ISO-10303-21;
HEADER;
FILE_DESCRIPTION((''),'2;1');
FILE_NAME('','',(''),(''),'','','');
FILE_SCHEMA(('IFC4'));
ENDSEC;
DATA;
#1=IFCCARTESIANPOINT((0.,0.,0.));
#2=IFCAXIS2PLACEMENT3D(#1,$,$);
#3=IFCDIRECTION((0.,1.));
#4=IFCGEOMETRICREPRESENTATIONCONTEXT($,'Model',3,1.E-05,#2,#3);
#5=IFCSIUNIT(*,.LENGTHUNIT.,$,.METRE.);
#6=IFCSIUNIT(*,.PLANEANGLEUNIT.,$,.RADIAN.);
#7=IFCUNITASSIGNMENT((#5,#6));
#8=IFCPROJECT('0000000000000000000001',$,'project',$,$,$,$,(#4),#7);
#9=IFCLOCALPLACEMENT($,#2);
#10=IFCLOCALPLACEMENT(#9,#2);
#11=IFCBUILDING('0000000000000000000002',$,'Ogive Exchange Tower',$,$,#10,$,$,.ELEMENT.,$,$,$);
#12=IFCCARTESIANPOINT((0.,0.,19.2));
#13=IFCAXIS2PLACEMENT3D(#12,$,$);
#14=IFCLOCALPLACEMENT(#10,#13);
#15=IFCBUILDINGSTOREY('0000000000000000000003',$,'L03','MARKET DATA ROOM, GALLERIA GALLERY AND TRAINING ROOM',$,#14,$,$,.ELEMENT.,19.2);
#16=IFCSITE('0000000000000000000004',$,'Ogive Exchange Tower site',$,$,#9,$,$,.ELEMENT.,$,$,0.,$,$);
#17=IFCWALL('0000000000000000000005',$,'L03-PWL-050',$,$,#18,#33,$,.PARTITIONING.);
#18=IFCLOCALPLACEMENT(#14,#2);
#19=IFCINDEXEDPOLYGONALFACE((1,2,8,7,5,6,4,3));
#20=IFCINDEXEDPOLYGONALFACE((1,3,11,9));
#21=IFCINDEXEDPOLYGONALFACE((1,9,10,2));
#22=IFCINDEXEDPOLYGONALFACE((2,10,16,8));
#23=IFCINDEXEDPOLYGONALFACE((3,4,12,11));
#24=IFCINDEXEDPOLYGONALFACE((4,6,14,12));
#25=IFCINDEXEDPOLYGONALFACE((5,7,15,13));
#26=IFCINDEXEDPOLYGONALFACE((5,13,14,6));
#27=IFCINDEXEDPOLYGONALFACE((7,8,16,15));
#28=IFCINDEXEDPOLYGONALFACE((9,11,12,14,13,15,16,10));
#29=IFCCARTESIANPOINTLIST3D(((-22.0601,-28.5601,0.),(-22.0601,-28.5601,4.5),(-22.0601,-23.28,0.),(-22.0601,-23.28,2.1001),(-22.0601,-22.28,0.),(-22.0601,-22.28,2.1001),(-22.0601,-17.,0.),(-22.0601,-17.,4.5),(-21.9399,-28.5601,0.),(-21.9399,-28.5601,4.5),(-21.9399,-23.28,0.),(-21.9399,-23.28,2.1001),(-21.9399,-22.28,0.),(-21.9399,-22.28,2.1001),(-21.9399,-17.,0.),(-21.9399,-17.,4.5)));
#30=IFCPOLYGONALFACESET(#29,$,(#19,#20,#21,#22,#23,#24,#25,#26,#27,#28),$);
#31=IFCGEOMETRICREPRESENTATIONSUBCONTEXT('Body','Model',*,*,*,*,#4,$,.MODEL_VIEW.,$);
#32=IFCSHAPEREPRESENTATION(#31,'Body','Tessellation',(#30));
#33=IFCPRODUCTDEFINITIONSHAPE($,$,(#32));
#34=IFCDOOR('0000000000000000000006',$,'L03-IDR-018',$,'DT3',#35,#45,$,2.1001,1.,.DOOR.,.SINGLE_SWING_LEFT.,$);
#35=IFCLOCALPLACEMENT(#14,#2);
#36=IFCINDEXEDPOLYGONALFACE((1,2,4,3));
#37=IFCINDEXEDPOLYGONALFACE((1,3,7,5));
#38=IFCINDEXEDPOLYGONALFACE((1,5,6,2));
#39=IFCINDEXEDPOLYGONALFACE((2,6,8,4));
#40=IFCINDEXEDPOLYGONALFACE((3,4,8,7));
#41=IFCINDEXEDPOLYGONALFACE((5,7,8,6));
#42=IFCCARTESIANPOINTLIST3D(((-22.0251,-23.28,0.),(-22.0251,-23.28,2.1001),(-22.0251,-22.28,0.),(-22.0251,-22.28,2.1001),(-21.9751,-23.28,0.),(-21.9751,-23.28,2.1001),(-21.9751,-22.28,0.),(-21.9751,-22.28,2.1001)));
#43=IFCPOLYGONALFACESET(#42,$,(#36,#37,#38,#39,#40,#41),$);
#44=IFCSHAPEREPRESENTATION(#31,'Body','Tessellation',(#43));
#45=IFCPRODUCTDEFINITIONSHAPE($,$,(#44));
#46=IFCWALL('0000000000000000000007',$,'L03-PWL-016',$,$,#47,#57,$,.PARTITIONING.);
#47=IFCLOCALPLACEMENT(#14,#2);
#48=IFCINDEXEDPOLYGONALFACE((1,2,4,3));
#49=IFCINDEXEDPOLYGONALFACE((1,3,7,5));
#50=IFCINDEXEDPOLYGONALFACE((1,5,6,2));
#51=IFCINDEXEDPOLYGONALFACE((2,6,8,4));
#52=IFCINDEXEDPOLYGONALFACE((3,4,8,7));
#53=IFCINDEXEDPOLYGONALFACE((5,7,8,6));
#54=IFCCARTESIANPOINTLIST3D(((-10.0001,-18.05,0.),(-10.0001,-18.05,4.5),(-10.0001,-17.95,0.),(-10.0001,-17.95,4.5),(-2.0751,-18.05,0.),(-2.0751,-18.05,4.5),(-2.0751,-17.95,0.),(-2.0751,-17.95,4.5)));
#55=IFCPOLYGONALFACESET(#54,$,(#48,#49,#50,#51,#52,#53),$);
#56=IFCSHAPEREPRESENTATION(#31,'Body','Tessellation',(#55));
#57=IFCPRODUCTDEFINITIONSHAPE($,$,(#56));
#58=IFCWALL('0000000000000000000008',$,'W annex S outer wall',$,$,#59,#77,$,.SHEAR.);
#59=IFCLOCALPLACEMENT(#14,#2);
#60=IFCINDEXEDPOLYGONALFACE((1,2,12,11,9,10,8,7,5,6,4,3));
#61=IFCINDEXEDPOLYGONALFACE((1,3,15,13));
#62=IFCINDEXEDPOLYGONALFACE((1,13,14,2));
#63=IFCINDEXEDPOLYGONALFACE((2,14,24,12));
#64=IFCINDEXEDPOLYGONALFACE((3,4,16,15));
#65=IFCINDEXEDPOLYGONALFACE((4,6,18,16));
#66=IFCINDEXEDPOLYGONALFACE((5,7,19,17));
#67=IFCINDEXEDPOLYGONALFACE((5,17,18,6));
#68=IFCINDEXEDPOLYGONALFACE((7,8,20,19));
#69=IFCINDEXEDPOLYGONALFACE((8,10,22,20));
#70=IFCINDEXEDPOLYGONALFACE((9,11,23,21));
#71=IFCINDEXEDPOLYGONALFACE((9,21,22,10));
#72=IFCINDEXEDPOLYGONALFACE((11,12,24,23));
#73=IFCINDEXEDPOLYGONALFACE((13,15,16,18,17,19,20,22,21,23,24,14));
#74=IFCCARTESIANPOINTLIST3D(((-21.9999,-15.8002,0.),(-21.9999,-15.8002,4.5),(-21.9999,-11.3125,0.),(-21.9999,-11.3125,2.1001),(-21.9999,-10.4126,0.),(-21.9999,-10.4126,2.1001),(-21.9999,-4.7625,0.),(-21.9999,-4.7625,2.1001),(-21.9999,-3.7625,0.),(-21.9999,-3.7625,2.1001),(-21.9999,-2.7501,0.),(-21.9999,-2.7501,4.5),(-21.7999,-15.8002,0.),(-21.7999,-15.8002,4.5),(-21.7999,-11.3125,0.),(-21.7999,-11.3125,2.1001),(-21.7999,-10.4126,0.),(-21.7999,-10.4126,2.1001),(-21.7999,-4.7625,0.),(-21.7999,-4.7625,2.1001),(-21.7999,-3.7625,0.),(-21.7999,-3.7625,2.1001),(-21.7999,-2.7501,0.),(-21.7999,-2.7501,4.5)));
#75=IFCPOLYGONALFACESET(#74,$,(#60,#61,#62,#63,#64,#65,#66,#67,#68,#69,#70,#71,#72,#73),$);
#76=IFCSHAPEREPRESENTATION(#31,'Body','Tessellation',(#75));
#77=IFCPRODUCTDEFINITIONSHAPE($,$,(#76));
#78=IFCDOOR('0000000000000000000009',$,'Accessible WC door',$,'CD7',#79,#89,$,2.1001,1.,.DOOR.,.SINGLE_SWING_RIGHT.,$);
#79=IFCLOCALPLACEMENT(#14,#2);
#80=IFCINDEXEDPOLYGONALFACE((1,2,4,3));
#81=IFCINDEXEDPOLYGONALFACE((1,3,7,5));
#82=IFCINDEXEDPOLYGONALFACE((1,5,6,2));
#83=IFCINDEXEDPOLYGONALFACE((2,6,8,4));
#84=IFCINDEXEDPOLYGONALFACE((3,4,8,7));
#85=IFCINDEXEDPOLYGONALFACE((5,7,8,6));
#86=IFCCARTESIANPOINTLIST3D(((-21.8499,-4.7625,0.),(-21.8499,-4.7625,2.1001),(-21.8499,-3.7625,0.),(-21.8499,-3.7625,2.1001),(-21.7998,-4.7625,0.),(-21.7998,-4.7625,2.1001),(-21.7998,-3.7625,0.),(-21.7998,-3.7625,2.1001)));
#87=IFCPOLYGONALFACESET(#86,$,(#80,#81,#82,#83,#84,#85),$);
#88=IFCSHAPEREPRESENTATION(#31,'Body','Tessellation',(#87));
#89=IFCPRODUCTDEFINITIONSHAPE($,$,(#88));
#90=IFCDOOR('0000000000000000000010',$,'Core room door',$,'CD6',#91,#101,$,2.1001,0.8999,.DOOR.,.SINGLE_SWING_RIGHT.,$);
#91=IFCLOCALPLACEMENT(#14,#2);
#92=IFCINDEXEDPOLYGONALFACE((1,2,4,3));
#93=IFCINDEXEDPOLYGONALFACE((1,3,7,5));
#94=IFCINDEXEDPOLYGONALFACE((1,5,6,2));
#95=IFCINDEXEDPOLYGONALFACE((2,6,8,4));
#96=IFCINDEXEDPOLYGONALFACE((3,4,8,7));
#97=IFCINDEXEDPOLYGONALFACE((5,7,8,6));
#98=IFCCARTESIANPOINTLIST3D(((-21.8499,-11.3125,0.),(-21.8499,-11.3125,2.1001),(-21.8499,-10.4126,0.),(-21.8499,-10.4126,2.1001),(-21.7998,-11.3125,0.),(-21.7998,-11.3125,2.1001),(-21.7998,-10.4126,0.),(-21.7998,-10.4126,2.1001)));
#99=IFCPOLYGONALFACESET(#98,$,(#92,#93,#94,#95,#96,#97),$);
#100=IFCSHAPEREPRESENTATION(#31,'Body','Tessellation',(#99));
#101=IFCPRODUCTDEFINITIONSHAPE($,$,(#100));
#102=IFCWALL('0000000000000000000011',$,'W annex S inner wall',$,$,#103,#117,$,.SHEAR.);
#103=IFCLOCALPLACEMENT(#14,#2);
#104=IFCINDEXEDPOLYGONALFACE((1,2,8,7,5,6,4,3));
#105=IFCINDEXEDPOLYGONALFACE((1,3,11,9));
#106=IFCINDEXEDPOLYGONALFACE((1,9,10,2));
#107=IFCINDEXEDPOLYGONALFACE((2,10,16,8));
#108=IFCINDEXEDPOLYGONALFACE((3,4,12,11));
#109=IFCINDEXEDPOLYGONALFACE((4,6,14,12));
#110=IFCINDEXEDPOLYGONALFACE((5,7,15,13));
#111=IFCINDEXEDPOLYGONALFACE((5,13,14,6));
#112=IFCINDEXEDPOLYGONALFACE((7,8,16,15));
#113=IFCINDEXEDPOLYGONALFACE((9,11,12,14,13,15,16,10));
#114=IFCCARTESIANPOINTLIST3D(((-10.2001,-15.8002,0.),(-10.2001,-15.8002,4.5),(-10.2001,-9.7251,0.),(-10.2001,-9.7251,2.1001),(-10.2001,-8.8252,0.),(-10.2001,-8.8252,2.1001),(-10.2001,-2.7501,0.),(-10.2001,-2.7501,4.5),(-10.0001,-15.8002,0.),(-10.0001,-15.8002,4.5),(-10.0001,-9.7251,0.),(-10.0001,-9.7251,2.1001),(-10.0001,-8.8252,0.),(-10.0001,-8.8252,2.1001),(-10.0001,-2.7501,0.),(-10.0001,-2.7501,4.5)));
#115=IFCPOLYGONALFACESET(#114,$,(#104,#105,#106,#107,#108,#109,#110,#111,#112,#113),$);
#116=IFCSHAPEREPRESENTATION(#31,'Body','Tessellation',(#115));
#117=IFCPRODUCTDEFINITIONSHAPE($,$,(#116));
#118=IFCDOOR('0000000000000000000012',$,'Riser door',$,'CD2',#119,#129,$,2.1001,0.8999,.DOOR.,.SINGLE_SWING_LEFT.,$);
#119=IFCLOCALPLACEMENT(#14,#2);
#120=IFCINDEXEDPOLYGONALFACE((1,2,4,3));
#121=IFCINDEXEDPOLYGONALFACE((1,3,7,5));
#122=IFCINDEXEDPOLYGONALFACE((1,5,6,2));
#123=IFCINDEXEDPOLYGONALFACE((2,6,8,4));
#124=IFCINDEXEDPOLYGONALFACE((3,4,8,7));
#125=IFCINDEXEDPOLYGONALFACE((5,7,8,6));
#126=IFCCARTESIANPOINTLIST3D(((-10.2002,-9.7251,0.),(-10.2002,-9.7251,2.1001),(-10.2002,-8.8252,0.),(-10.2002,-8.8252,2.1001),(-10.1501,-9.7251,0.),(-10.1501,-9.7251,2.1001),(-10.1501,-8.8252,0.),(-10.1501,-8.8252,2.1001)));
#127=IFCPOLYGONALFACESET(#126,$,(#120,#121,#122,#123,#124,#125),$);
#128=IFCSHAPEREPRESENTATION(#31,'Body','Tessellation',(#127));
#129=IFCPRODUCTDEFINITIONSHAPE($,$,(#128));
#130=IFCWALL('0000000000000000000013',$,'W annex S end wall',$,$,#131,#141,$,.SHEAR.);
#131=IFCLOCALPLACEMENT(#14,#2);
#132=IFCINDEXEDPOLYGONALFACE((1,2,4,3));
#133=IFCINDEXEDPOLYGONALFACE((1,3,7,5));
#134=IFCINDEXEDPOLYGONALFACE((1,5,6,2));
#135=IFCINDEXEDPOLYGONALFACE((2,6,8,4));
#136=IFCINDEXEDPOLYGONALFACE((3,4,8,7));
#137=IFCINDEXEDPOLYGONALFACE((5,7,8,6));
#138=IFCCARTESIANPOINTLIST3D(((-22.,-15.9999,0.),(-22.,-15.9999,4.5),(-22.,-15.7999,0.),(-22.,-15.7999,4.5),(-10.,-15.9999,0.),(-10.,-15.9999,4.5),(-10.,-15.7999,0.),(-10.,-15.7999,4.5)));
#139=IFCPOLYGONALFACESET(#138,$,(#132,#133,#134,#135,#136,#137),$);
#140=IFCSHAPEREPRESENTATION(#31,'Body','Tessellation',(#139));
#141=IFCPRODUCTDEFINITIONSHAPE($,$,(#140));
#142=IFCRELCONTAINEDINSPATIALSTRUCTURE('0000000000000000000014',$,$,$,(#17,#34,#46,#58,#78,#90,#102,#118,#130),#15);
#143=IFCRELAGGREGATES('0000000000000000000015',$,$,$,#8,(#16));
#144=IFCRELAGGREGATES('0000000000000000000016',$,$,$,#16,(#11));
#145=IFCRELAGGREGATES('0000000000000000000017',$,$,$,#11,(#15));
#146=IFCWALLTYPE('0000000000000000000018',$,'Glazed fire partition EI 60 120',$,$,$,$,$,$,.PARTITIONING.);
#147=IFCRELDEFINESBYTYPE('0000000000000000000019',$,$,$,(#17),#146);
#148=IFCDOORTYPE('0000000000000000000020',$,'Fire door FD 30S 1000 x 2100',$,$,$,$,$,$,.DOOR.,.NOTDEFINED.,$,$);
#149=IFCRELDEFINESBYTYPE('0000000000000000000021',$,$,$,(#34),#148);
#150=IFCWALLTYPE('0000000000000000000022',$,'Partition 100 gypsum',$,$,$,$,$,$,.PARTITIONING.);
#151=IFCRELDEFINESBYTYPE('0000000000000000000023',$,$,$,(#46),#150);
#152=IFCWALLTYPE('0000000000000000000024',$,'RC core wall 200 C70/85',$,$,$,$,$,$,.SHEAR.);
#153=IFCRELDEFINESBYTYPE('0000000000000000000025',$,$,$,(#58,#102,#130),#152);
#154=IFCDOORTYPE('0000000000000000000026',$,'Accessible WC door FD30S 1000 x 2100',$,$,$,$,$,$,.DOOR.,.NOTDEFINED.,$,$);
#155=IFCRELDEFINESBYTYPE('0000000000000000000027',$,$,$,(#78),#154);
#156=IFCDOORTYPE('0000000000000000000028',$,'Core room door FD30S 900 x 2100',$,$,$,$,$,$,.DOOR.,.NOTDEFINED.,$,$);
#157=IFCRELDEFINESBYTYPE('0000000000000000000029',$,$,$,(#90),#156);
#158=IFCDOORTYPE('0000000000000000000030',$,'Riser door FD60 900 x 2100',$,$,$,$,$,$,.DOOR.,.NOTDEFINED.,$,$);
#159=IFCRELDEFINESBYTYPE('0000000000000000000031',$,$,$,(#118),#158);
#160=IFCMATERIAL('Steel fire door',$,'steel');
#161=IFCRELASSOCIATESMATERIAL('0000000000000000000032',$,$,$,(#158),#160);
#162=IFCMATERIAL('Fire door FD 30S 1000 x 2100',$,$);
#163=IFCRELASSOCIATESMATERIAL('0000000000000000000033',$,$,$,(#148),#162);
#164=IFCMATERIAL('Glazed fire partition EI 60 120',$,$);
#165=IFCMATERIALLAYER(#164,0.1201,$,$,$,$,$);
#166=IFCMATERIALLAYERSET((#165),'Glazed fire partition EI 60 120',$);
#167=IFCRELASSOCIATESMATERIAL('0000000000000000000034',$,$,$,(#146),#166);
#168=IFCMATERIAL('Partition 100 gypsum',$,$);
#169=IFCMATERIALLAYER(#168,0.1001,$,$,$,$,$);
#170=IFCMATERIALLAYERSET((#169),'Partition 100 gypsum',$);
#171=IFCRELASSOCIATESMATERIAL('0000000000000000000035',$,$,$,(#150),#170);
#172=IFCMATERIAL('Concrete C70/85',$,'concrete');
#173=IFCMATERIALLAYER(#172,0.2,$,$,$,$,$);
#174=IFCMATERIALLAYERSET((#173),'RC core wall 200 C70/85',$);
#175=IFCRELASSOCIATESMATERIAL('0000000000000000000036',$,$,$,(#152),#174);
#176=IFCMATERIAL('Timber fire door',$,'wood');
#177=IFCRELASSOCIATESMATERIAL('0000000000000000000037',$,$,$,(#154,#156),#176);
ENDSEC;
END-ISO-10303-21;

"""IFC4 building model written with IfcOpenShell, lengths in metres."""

from ifc_helpers import new_model, si_unit, direction, frame, frame_2d, origin, place, context, subcontext, project, spatial, rectangle, extrude, material, layer, layer_set, type_object, element, fill, save


model = new_model("IFC4")

# Units and contexts
model_context = context("Model", 3, precision=1e-05, world=origin(), true_north=direction((0.0, 1.0)))
body_context = subcontext(model_context, "Body", "Model", "MODEL_VIEW")
ifc_project = project(units=[si_unit("LENGTHUNIT", "METRE"), si_unit("PLANEANGLEUNIT", "RADIAN")], contexts=[model_context])

# Site, building, storey
site_placement = place(None, origin())
site = spatial("IfcSite", under=ifc_project, at=site_placement, Name="Ogive Exchange Tower site", CompositionType="ELEMENT", RefElevation=0.0)
building_placement = place(site_placement, origin())
building = spatial("IfcBuilding", under=site, at=building_placement, Name="Ogive Exchange Tower", CompositionType="ELEMENT")
storey_placement = place(building_placement, frame((0.0, 0.0, 19.2)))
storey = spatial("IfcBuildingStorey", under=building, at=storey_placement, Name="L03", Description="MARKET DATA ROOM, GALLERIA GALLERY AND TRAINING ROOM", CompositionType="ELEMENT", Elevation=19.2)

# Shared definitions
ifc_material_1 = material(Name="Concrete C70/85", Category="concrete")

# Shared definitions
ifc_material_2 = material(Name="Steel fire door", Category="steel")
door_type_1 = type_object("IfcDoorType", Name="Riser door FD60 900 x 2100", OperationType="NOTDEFINED", PredefinedType="DOOR", material=ifc_material_2)

# Shared definitions
ifc_material_3 = material(Name="Fire door FD 30S 1000 x 2100")
door_type_2 = type_object("IfcDoorType", Name="Fire door FD 30S 1000 x 2100", OperationType="NOTDEFINED", PredefinedType="DOOR", material=ifc_material_3)

# Shared definitions
ifc_material_4 = material(Name="Glazed fire partition EI 60 120")
ifc_layer_1 = layer(ifc_material_4, 0.1201)
ifc_layer_set_1 = layer_set([ifc_layer_1], Name="Glazed fire partition EI 60 120")
wall_type_1 = type_object("IfcWallType", Name="Glazed fire partition EI 60 120", PredefinedType="PARTITIONING", material=ifc_layer_set_1)

# Wall, opening, door
wall_1_placement = place(storey_placement, frame((-22.0, -28.5601, 0.0), z_axis=(0.0, 0.0, 1.0), x_axis=(0.0, 1.0, 0.0)))
wall_1 = element("IfcWall", 1, at=wall_1_placement, inside=storey, type_object=wall_type_1, Name="L03-PWL-050", PredefinedType="PARTITIONING", context=body_context, shape_type="SweptSolid", body=[
    extrude(rectangle(XDim=11.5601, YDim=0.1201, at=frame_2d((5.78, 0.0))), origin(), (0.0, 0.0, 1.0), 4.5),
])
opening_1_placement = place(wall_1_placement, frame((5.28, 0.0, 0.0)))
opening_1 = element("IfcOpeningElement", 2, at=opening_1_placement, cuts=wall_1, PredefinedType="OPENING", context=body_context, shape_type="SweptSolid", body=[
    extrude(rectangle(XDim=1.0, YDim=2.1001, at=frame_2d((0.5, 1.05))), frame((0.0, 0.0701, 0.0), z_axis=(0.0, -1.0, 0.0), x_axis=(1.0, 0.0, 0.0)), (0.0, 0.0, 1.0), 0.1401),
])
door_1_placement = place(opening_1_placement, frame((1.0, 0.0, 0.0), z_axis=(0.0, 0.0, 1.0), x_axis=(-1.0, 0.0, 0.0)))
door_1 = element("IfcDoor", 3, at=door_1_placement, inside=storey, type_object=door_type_2, Name="L03-IDR-018", ObjectType="DT3", OperationType="SINGLE_SWING_LEFT", OverallHeight=2.1001, OverallWidth=1.0, PredefinedType="DOOR", context=body_context, shape_type="SweptSolid", body=[
    extrude(rectangle(XDim=1.0, YDim=2.1001, at=frame_2d((0.5, 1.05))), frame((0.0, 0.0249, 0.0), z_axis=(0.0, -1.0, 0.0), x_axis=(1.0, 0.0, 0.0)), (0.0, 0.0, 1.0), 0.05),
])
fill(opening_1, door_1)

# Wall
ifc_material_5 = material(Name="Partition 100 gypsum")
ifc_layer_2 = layer(ifc_material_5, 0.1001)
ifc_layer_set_2 = layer_set([ifc_layer_2], Name="Partition 100 gypsum")
wall_type_2 = type_object("IfcWallType", Name="Partition 100 gypsum", PredefinedType="PARTITIONING", material=ifc_layer_set_2)
wall_2_placement = place(storey_placement, frame((-10.0, -18.0, 0.0), z_axis=(0.0, 0.0, 1.0), x_axis=(1.0, 0.0, 0.0)))
element("IfcWall", 4, at=wall_2_placement, inside=storey, type_object=wall_type_2, Name="L03-PWL-016", PredefinedType="PARTITIONING", context=body_context, shape_type="SweptSolid", body=[
    extrude(rectangle(XDim=7.925, YDim=0.1001, at=frame_2d((3.9624, 0.0))), origin(), (0.0, 0.0, 1.0), 4.5),
])

# Wall, openings, doors
ifc_layer_3 = layer(ifc_material_1, 0.2)
ifc_layer_set_3 = layer_set([ifc_layer_3], Name="RC core wall 200 C70/85")
wall_type_3 = type_object("IfcWallType", Name="RC core wall 200 C70/85", PredefinedType="SHEAR", material=ifc_layer_set_3)
wall_3_placement = place(storey_placement, frame((-21.8999, -15.8, 0.0), z_axis=(0.0, 0.0, 1.0), x_axis=(0.0, 1.0, 0.0)))
wall_3 = element("IfcWall", 5, at=wall_3_placement, inside=storey, type_object=wall_type_3, Name="W annex S outer wall", PredefinedType="SHEAR", context=body_context, shape_type="SweptSolid", body=[
    extrude(rectangle(XDim=13.05, YDim=0.2, at=frame_2d((6.5249, 0.0))), origin(), (0.0, 0.0, 1.0), 4.5),
])
opening_2_placement = place(wall_3_placement, frame((4.4875, 0.0, 0.0)))
opening_2 = element("IfcOpeningElement", 6, at=opening_2_placement, cuts=wall_3, PredefinedType="OPENING", context=body_context, shape_type="SweptSolid", body=[
    extrude(rectangle(XDim=0.8999, YDim=2.1001, at=frame_2d((0.45, 1.05))), frame((0.0, 0.1099, 0.0), z_axis=(0.0, -1.0, 0.0), x_axis=(1.0, 0.0, 0.0)), (0.0, 0.0, 1.0), 0.22),
])
opening_3_placement = place(wall_3_placement, frame((11.0376, 0.0, 0.0)))
opening_3 = element("IfcOpeningElement", 7, at=opening_3_placement, cuts=wall_3, PredefinedType="OPENING", context=body_context, shape_type="SweptSolid", body=[
    extrude(rectangle(XDim=1.0, YDim=2.1001, at=frame_2d((0.5, 1.05))), frame((0.0, 0.1099, 0.0), z_axis=(0.0, -1.0, 0.0), x_axis=(1.0, 0.0, 0.0)), (0.0, 0.0, 1.0), 0.22),
])
ifc_material_6 = material(Name="Timber fire door", Category="wood")
door_type_3 = type_object("IfcDoorType", Name="Accessible WC door FD30S 1000 x 2100", OperationType="NOTDEFINED", PredefinedType="DOOR", material=ifc_material_6)
door_2_placement = place(opening_3_placement, frame((1.0, -0.1499, 0.0), z_axis=(0.0, 0.0, 1.0), x_axis=(-1.0, 0.0, 0.0)))
door_2 = element("IfcDoor", 8, at=door_2_placement, inside=storey, type_object=door_type_3, Name="Accessible WC door", ObjectType="CD7", OperationType="SINGLE_SWING_RIGHT", OverallHeight=2.1001, OverallWidth=1.0, PredefinedType="DOOR", context=body_context, shape_type="SweptSolid", body=[
    extrude(rectangle(XDim=1.0, YDim=2.1001, at=frame_2d((0.5, 1.05))), frame((0.0, -0.0498, 0.0), z_axis=(0.0, -1.0, 0.0), x_axis=(1.0, 0.0, 0.0)), (0.0, 0.0, 1.0), 0.05),
])
fill(opening_3, door_2)
door_type_4 = type_object("IfcDoorType", Name="Core room door FD30S 900 x 2100", OperationType="NOTDEFINED", PredefinedType="DOOR", material=ifc_material_6)
door_3_placement = place(opening_2_placement, frame((0.8999, -0.1499, 0.0), z_axis=(0.0, 0.0, 1.0), x_axis=(-1.0, 0.0, 0.0)))
door_3 = element("IfcDoor", 9, at=door_3_placement, inside=storey, type_object=door_type_4, Name="Core room door", ObjectType="CD6", OperationType="SINGLE_SWING_RIGHT", OverallHeight=2.1001, OverallWidth=0.8999, PredefinedType="DOOR", context=body_context, shape_type="SweptSolid", body=[
    extrude(rectangle(XDim=0.8999, YDim=2.1001, at=frame_2d((0.45, 1.05))), frame((0.0, -0.0498, 0.0), z_axis=(0.0, -1.0, 0.0), x_axis=(1.0, 0.0, 0.0)), (0.0, 0.0, 1.0), 0.05),
])
fill(opening_2, door_3)

# Wall, opening, door
wall_4_placement = place(storey_placement, frame((-10.1001, -15.8, 0.0), z_axis=(0.0, 0.0, 1.0), x_axis=(0.0, 1.0, 0.0)))
wall_4 = element("IfcWall", 10, at=wall_4_placement, inside=storey, type_object=wall_type_3, Name="W annex S inner wall", PredefinedType="SHEAR", context=body_context, shape_type="SweptSolid", body=[
    extrude(rectangle(XDim=13.05, YDim=0.2, at=frame_2d((6.5249, 0.0))), origin(), (0.0, 0.0, 1.0), 4.5),
])
opening_4_placement = place(wall_4_placement, frame((6.075, 0.0, 0.0)))
opening_4 = element("IfcOpeningElement", 11, at=opening_4_placement, cuts=wall_4, PredefinedType="OPENING", context=body_context, shape_type="SweptSolid", body=[
    extrude(rectangle(XDim=0.8999, YDim=2.1001, at=frame_2d((0.45, 1.05))), frame((0.0, 0.1099, 0.0), z_axis=(0.0, -1.0, 0.0), x_axis=(1.0, 0.0, 0.0)), (0.0, 0.0, 1.0), 0.22),
])
door_4_placement = place(opening_4_placement, origin())
door_4 = element("IfcDoor", 12, at=door_4_placement, inside=storey, type_object=door_type_1, Name="Riser door", ObjectType="CD2", OperationType="SINGLE_SWING_LEFT", OverallHeight=2.1001, OverallWidth=0.8999, PredefinedType="DOOR", context=body_context, shape_type="SweptSolid", body=[
    extrude(rectangle(XDim=0.8999, YDim=2.1001, at=frame_2d((0.45, 1.05))), frame((0.0, 0.1001, 0.0), z_axis=(0.0, -1.0, 0.0), x_axis=(1.0, 0.0, 0.0)), (0.0, 0.0, 1.0), 0.05),
])
fill(opening_4, door_4)

# Wall
wall_5_placement = place(storey_placement, frame((-22.0, -15.8999, 0.0), z_axis=(0.0, 0.0, 1.0), x_axis=(1.0, 0.0, 0.0)))
element("IfcWall", 13, at=wall_5_placement, inside=storey, type_object=wall_type_3, Name="W annex S end wall", PredefinedType="SHEAR", context=body_context, shape_type="SweptSolid", body=[
    extrude(rectangle(XDim=12.0, YDim=0.2, at=frame_2d((6.0, 0.0))), origin(), (0.0, 0.0, 1.0), 4.5),
])

save(model, "model.ifc")
